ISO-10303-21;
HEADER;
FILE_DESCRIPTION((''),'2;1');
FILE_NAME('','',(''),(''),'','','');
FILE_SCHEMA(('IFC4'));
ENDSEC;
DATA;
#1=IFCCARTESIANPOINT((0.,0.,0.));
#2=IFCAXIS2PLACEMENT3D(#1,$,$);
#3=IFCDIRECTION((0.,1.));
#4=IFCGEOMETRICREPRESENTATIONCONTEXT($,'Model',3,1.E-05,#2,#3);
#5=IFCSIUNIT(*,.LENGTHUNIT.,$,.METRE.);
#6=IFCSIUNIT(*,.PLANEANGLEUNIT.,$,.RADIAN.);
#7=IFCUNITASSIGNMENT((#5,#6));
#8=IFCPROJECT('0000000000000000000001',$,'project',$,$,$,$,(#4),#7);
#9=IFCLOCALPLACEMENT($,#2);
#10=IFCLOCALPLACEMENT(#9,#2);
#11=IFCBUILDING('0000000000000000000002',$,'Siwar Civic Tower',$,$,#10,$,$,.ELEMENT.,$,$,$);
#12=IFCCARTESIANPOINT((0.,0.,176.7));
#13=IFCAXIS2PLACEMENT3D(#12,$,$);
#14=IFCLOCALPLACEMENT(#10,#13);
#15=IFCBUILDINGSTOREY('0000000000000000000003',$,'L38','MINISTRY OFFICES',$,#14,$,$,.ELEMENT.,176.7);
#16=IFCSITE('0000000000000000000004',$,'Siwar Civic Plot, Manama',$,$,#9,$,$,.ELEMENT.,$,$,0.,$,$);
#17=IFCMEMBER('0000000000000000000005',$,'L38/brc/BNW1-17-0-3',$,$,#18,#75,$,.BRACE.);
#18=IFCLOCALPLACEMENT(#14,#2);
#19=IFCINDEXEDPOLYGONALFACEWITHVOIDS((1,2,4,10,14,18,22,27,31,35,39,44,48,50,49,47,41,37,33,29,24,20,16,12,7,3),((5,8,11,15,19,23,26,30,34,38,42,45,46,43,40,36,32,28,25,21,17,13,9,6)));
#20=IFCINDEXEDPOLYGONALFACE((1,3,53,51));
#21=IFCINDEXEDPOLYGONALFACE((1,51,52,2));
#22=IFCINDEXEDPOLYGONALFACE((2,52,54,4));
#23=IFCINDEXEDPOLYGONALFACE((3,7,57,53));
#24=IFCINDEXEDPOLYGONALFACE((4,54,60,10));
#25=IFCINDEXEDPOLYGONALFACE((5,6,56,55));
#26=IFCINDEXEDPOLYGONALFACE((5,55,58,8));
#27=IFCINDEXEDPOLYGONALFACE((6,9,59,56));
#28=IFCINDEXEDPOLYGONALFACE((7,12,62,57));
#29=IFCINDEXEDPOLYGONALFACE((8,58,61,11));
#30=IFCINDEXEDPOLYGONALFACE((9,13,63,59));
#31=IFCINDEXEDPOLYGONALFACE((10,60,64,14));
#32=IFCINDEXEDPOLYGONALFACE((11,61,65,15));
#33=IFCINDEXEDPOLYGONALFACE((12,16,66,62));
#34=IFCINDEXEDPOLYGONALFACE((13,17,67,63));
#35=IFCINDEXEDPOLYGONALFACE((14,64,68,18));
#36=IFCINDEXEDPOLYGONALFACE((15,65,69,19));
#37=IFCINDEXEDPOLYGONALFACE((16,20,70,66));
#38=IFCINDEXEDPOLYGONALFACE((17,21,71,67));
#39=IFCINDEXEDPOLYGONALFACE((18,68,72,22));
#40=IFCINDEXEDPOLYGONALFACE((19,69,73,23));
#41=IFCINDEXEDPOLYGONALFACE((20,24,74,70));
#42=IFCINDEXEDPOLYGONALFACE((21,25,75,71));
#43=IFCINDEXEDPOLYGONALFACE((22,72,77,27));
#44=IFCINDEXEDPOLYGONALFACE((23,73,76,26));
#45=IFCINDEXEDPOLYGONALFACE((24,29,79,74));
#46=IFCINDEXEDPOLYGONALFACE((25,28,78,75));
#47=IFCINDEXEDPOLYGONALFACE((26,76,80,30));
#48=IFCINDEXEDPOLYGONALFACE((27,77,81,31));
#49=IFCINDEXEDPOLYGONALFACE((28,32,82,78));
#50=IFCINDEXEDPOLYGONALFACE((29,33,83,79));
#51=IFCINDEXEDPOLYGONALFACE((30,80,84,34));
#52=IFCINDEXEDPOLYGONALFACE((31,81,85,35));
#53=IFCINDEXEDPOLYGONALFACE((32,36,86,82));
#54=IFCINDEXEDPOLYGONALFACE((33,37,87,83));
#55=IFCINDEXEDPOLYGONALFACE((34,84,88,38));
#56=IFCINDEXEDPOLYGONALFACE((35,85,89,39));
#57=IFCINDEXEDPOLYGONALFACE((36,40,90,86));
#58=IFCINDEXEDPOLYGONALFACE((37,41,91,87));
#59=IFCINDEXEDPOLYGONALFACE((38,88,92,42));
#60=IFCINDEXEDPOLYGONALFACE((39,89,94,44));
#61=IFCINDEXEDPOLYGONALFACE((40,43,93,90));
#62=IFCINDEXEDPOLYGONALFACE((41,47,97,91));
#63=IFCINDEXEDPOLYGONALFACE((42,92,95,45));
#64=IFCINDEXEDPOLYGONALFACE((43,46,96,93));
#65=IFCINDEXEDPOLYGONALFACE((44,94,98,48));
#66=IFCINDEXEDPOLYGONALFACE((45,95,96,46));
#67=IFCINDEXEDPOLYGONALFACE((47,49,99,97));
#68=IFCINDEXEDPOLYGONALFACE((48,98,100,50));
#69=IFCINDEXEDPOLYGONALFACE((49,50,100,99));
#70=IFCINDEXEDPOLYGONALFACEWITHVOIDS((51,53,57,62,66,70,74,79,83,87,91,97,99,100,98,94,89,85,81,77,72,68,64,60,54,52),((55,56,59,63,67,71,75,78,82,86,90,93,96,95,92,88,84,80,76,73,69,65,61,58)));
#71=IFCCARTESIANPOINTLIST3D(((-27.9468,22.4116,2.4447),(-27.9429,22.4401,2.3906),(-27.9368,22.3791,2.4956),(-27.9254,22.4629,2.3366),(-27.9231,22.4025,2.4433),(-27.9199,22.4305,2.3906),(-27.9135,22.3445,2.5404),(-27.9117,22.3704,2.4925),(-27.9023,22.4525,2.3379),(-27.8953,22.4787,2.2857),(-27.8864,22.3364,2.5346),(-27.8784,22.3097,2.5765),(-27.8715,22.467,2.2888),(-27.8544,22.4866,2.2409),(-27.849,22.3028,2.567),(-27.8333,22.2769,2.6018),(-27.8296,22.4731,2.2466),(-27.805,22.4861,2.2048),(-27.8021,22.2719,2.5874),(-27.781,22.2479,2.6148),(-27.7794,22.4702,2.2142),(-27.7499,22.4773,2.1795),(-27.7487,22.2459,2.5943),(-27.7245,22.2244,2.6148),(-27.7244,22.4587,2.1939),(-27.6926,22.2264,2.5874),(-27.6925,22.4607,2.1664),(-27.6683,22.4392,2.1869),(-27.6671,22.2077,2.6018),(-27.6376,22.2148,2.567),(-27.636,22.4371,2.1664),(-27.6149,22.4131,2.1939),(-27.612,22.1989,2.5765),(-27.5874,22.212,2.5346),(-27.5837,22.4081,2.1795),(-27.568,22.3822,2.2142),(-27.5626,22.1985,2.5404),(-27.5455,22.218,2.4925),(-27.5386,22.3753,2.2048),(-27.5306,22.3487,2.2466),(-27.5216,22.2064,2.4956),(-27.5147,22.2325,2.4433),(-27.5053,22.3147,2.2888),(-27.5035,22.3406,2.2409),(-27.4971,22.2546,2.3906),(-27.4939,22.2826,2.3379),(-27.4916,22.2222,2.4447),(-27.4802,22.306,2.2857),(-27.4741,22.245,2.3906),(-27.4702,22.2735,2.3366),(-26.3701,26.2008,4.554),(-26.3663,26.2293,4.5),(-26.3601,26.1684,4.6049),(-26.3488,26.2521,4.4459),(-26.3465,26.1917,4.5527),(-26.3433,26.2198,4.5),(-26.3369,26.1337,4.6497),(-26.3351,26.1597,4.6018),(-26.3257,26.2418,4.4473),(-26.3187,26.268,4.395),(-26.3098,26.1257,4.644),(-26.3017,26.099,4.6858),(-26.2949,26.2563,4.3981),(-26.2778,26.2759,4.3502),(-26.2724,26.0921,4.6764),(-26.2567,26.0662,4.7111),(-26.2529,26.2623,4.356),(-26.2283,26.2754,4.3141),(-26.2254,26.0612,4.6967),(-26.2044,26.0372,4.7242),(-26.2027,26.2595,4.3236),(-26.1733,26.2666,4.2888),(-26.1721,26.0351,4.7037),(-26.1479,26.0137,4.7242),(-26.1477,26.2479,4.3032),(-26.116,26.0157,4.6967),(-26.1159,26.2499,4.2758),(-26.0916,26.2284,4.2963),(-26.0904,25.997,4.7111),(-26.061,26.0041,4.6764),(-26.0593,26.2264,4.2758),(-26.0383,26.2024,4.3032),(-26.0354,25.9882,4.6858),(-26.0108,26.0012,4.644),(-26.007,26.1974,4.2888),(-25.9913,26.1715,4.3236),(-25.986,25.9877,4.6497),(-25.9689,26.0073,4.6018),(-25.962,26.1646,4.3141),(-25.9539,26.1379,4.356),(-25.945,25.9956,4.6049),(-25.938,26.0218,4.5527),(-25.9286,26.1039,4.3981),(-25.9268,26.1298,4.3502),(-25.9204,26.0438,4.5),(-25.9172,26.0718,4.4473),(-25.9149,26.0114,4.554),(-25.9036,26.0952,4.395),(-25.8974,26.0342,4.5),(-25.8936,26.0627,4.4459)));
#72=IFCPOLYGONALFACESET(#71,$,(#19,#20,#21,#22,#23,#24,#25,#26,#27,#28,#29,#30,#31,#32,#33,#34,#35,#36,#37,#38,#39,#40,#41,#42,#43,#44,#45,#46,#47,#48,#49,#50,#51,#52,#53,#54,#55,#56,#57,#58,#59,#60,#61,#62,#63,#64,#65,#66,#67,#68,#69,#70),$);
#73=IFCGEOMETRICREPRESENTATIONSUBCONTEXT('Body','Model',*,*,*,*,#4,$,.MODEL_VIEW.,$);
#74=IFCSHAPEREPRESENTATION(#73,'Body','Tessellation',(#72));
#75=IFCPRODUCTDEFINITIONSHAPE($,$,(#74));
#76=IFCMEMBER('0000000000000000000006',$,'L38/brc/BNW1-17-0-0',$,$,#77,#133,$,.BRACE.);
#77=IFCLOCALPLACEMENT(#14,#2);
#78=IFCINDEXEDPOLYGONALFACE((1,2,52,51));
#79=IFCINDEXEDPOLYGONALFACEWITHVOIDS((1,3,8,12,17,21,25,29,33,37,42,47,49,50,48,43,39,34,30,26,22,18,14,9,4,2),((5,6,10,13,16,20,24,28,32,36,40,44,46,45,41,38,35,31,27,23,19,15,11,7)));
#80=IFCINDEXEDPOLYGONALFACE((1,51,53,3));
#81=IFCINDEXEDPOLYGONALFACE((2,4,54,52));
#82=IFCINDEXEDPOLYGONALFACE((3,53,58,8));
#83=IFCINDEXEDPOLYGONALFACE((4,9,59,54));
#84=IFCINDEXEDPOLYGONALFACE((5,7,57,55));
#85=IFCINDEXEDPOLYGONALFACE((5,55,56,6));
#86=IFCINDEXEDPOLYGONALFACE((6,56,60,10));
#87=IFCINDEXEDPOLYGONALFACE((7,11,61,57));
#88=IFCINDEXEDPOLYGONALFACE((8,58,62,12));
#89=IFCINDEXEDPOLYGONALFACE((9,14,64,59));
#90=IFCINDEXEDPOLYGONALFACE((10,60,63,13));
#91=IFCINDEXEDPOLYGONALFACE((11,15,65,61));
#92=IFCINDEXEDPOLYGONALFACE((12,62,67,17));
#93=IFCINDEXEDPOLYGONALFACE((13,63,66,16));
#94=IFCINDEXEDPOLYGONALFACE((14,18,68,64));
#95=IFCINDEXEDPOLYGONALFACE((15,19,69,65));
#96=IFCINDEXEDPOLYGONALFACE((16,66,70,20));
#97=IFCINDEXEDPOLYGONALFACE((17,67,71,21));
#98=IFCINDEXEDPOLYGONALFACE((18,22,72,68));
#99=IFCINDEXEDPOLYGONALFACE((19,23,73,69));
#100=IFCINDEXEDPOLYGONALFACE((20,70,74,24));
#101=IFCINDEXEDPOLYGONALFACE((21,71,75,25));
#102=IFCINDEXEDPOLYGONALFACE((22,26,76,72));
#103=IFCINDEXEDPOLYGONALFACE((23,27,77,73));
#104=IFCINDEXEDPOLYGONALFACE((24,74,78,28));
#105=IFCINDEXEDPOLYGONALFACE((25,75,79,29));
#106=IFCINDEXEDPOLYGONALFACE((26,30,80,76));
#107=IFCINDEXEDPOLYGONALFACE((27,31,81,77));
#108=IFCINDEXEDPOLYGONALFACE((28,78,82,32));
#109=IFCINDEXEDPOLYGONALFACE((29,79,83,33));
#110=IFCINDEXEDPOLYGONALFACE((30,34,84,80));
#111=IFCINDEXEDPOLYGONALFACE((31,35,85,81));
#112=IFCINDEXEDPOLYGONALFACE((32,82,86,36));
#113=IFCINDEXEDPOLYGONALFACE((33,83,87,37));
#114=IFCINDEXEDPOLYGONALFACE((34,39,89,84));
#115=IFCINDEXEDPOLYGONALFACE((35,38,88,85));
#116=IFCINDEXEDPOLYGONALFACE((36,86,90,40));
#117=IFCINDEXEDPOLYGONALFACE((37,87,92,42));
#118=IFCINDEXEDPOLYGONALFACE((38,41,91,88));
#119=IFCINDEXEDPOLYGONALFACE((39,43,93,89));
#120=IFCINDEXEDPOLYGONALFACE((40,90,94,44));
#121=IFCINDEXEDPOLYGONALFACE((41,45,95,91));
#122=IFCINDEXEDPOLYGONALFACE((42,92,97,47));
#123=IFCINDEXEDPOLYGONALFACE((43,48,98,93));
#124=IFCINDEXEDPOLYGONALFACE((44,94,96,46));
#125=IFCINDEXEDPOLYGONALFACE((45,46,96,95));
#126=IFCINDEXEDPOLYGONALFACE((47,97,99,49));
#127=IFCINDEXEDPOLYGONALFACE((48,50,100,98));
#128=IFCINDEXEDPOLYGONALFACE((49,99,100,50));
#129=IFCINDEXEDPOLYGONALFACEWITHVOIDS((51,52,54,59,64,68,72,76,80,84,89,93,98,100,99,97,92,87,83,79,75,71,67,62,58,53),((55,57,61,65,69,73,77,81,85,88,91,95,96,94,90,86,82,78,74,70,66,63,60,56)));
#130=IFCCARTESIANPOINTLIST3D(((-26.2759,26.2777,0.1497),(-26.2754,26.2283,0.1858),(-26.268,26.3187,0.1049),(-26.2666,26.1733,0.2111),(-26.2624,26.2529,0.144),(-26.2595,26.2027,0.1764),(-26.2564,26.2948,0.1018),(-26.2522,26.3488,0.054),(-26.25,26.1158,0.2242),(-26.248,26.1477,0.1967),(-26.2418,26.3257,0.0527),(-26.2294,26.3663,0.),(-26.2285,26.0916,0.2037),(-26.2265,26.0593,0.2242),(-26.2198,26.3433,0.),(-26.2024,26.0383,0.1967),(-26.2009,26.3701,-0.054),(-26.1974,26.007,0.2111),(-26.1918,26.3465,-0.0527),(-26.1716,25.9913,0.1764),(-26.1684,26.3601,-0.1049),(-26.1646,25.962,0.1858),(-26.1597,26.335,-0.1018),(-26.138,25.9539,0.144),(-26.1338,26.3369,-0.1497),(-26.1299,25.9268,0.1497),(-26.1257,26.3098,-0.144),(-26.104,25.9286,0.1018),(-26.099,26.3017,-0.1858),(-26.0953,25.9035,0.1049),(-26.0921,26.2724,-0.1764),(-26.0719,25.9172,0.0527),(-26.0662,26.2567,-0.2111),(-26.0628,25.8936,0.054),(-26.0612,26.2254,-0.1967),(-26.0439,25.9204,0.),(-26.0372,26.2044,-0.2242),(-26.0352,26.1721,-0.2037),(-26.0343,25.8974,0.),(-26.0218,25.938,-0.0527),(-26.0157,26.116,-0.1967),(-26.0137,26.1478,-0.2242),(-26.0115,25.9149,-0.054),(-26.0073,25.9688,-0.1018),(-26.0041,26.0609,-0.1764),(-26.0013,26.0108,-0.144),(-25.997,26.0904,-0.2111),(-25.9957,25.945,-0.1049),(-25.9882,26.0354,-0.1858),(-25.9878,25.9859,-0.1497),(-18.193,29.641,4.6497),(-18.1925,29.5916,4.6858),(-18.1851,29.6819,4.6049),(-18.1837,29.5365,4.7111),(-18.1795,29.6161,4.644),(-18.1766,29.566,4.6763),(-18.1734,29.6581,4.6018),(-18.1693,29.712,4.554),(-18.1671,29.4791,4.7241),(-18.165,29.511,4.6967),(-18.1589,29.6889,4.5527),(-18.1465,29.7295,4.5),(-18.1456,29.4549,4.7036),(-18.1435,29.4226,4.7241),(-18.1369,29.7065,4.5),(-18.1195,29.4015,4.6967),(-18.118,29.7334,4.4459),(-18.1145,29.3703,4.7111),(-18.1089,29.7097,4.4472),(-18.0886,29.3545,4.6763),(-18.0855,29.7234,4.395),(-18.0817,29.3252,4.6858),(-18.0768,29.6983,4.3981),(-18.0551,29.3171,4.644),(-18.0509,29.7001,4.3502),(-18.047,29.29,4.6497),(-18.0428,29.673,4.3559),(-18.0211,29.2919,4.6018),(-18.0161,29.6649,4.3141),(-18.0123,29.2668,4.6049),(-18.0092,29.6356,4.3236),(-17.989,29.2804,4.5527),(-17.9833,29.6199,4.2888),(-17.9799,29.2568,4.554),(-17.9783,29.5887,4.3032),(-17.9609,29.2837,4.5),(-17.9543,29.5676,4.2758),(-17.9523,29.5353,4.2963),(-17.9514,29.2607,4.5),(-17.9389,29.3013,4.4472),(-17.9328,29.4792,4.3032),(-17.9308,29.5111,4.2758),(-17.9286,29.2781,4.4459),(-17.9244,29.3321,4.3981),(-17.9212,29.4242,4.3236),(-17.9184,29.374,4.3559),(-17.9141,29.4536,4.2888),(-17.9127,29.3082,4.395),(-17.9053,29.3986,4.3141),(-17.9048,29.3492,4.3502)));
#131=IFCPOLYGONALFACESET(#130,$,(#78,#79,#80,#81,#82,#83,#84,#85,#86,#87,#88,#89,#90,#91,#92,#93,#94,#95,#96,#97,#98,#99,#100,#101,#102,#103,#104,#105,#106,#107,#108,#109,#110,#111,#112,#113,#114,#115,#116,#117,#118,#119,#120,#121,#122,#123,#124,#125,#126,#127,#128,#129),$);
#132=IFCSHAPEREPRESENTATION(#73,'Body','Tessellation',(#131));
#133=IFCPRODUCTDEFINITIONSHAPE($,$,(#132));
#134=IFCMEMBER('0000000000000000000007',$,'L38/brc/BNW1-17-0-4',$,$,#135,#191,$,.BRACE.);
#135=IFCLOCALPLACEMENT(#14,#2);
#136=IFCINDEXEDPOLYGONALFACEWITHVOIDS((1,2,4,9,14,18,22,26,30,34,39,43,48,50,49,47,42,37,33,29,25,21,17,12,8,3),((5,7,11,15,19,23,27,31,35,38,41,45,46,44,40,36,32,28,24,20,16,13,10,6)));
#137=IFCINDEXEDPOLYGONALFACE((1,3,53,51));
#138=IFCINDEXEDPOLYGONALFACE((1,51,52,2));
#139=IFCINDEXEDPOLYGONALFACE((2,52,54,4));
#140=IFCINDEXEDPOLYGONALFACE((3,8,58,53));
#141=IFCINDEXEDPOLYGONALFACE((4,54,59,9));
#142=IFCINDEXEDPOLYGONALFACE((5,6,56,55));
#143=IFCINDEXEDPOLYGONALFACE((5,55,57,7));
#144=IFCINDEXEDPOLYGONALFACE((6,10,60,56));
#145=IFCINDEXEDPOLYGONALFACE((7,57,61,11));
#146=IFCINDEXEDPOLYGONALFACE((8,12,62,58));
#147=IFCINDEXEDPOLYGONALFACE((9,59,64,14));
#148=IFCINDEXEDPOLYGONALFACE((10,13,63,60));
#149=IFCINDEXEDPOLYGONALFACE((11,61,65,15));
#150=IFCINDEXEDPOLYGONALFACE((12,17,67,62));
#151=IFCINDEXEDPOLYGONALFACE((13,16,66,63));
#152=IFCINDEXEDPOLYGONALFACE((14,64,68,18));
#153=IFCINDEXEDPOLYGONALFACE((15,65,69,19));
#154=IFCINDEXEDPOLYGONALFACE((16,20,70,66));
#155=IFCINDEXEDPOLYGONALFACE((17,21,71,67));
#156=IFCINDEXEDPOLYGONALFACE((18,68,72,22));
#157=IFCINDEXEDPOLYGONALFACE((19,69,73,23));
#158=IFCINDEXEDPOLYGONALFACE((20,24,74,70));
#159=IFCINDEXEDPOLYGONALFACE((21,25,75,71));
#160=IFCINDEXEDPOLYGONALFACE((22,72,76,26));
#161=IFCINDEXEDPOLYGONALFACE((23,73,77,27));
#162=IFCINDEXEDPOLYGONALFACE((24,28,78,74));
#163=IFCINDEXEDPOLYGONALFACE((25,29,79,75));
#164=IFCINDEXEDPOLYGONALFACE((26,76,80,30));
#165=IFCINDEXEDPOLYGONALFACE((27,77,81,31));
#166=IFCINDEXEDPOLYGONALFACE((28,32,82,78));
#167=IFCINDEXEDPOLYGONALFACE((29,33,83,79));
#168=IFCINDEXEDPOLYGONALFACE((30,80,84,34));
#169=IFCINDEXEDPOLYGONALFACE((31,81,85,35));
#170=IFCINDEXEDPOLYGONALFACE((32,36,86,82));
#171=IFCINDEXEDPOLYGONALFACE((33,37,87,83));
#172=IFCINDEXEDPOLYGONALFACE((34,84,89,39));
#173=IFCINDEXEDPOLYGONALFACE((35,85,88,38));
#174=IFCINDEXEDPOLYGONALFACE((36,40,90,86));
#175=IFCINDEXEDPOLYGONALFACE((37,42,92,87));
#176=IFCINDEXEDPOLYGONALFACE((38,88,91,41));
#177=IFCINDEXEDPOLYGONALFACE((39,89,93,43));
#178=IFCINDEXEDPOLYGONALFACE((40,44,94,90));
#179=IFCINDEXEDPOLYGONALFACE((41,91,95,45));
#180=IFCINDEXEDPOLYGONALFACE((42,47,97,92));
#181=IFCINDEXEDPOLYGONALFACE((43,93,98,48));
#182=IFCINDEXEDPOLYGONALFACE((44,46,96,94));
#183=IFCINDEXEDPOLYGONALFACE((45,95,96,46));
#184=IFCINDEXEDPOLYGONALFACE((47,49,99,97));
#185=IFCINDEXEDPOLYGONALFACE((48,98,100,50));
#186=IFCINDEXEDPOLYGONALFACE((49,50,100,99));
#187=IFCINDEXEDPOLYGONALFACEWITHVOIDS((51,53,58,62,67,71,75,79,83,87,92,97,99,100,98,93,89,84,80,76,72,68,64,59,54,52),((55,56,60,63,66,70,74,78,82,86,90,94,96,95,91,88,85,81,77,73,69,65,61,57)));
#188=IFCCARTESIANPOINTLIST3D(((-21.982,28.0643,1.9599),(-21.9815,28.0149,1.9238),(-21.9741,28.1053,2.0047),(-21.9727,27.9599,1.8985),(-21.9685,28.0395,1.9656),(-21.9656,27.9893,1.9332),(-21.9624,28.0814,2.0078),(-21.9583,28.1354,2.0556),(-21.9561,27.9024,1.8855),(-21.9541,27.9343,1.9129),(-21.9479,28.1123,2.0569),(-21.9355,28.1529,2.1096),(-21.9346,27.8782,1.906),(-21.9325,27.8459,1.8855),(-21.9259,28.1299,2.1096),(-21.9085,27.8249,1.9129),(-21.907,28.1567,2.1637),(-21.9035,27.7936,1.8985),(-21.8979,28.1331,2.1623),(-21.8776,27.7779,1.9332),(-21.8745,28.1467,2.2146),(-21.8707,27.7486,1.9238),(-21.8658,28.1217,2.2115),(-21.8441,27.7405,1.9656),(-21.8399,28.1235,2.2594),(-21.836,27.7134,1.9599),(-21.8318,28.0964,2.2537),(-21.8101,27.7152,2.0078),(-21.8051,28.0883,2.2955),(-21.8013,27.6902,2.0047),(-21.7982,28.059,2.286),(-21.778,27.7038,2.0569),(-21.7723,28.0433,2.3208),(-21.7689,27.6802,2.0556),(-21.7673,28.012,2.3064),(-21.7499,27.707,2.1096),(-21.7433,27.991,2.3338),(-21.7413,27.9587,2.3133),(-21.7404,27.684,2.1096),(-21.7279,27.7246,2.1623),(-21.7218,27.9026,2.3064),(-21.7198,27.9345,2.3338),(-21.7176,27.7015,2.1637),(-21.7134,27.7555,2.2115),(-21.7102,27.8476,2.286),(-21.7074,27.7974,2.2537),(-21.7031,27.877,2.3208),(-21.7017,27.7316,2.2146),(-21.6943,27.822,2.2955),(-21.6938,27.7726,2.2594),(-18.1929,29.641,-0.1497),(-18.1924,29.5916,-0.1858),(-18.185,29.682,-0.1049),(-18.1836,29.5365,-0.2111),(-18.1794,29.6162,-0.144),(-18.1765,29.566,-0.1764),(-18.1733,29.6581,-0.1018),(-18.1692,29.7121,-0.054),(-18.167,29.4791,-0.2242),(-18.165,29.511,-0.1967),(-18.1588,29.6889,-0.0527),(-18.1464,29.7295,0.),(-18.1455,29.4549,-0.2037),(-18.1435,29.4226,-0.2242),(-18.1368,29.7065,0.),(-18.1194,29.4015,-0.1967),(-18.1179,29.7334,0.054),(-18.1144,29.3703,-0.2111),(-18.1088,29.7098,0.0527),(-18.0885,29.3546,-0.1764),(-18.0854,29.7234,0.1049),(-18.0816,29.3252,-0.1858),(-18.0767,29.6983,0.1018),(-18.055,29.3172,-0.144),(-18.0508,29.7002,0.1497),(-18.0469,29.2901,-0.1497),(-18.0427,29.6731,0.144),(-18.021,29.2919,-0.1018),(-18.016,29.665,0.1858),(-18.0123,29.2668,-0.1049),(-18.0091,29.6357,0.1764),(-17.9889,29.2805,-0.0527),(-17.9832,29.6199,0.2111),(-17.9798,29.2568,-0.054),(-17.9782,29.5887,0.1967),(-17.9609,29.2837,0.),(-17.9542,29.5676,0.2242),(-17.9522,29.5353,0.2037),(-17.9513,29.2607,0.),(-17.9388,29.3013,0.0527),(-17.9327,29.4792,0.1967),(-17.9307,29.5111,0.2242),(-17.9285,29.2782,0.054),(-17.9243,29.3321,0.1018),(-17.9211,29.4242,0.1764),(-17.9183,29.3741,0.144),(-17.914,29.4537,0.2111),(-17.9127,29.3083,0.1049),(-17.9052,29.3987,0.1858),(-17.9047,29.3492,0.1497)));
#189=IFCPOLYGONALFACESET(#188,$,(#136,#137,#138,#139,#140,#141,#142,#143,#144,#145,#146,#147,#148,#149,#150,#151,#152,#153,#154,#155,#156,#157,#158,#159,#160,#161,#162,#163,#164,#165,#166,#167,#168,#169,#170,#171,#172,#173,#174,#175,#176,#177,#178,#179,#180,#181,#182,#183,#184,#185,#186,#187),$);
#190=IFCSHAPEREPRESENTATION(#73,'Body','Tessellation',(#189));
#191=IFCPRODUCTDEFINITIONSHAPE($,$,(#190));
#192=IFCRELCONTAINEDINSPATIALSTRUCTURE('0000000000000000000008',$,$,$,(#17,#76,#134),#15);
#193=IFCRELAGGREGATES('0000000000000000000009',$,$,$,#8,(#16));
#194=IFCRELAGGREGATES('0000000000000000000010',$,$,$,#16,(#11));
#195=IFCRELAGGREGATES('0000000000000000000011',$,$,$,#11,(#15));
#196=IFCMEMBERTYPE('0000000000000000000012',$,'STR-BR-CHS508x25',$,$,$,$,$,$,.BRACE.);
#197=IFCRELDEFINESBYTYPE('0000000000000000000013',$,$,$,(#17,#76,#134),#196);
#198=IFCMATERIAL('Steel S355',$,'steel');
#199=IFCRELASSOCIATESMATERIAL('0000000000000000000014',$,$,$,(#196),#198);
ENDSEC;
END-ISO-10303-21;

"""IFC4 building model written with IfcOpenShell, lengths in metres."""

from ifc_helpers import new_model, si_unit, direction, frame, origin, origin_2d, place, context, subcontext, project, spatial, hollow_circle, extrude, material, material_profile, profile_set, type_object, element, save


model = new_model("IFC4")

# Units and contexts
model_context = context("Model", 3, precision=1e-05, world=origin(), true_north=direction((0.0, 1.0)))
body_context = subcontext(model_context, "Body", "Model", "MODEL_VIEW")
ifc_project = project(units=[si_unit("LENGTHUNIT", "METRE"), si_unit("PLANEANGLEUNIT", "RADIAN")], contexts=[model_context])

# Site, building, storey
site_placement = place(None, origin())
site = spatial("IfcSite", under=ifc_project, at=site_placement, Name="Siwar Civic Plot, Manama", CompositionType="ELEMENT", RefElevation=0.0)
building_placement = place(site_placement, origin())
building = spatial("IfcBuilding", under=site, at=building_placement, Name="Siwar Civic Tower", CompositionType="ELEMENT")
storey_placement = place(building_placement, frame((0.0, 0.0, 176.7)))
storey = spatial("IfcBuildingStorey", under=building, at=storey_placement, Name="L38", Description="MINISTRY OFFICES", CompositionType="ELEMENT", Elevation=176.7)

# Members
ifc_material_1 = material(Name="Steel S355", Category="steel")
ifc_material_profile_1 = material_profile(ifc_material_1, hollow_circle(Radius=0.2539, WallThickness=0.0249, at=origin_2d()), Name="CHS508x25")
ifc_profile_set_1 = profile_set([ifc_material_profile_1], Name="Steel S355")
member_type_1 = type_object("IfcMemberType", Name="STR-BR-CHS508x25", PredefinedType="BRACE", material=ifc_profile_set_1)
member_1_placement = place(storey_placement, frame((-27.7085, 22.3425, 2.3906), z_axis=(0.341671, 0.821163, 0.457113), x_axis=(-0.923269, 0.384155, 0.0)))
element("IfcMember", 1, at=member_1_placement, inside=storey, type_object=member_type_1, Name="L38/brc/BNW1-17-0-3", PredefinedType="BRACE", context=body_context, shape_type="SweptSolid", body=[
    extrude(hollow_circle(Radius=0.2539, WallThickness=0.0249, at=origin_2d()), origin(), (0.0, 0.0, 1.0), 4.6145),
])
member_2_placement = place(storey_placement, frame((-26.1318, 26.1318, 0.0), z_axis=(0.821143, 0.341671, 0.457149), x_axis=(-0.384164, 0.923265, 0.0)))
element("IfcMember", 2, at=member_2_placement, inside=storey, type_object=member_type_1, Name="L38/brc/BNW1-17-0-0", PredefinedType="BRACE", context=body_context, shape_type="SweptSolid", body=[
    extrude(hollow_circle(Radius=0.2539, WallThickness=0.0249, at=origin_2d()), origin(), (0.0, 0.0, 1.0), 9.8435),
])
for number, where, z_axis, x_axis, name in (
    (3, (-18.0488, 29.4951, 0.0), (-0.821126, -0.341677, 0.457175), (0.384176, -0.92326, 0.0), "L38/brc/BNW1-17-0-4"),
):
    element("IfcMember", number, at=place(storey_placement, frame(where, z_axis=z_axis, x_axis=x_axis)), inside=storey, type_object=member_type_1, Name=name, PredefinedType="BRACE", context=body_context, shape_type="SweptSolid", body=[
        extrude(hollow_circle(Radius=0.2539, WallThickness=0.0249, at=origin_2d()), origin(), (0.0, 0.0, 1.0), 4.6145),
    ])

save(model, "model.ifc")
